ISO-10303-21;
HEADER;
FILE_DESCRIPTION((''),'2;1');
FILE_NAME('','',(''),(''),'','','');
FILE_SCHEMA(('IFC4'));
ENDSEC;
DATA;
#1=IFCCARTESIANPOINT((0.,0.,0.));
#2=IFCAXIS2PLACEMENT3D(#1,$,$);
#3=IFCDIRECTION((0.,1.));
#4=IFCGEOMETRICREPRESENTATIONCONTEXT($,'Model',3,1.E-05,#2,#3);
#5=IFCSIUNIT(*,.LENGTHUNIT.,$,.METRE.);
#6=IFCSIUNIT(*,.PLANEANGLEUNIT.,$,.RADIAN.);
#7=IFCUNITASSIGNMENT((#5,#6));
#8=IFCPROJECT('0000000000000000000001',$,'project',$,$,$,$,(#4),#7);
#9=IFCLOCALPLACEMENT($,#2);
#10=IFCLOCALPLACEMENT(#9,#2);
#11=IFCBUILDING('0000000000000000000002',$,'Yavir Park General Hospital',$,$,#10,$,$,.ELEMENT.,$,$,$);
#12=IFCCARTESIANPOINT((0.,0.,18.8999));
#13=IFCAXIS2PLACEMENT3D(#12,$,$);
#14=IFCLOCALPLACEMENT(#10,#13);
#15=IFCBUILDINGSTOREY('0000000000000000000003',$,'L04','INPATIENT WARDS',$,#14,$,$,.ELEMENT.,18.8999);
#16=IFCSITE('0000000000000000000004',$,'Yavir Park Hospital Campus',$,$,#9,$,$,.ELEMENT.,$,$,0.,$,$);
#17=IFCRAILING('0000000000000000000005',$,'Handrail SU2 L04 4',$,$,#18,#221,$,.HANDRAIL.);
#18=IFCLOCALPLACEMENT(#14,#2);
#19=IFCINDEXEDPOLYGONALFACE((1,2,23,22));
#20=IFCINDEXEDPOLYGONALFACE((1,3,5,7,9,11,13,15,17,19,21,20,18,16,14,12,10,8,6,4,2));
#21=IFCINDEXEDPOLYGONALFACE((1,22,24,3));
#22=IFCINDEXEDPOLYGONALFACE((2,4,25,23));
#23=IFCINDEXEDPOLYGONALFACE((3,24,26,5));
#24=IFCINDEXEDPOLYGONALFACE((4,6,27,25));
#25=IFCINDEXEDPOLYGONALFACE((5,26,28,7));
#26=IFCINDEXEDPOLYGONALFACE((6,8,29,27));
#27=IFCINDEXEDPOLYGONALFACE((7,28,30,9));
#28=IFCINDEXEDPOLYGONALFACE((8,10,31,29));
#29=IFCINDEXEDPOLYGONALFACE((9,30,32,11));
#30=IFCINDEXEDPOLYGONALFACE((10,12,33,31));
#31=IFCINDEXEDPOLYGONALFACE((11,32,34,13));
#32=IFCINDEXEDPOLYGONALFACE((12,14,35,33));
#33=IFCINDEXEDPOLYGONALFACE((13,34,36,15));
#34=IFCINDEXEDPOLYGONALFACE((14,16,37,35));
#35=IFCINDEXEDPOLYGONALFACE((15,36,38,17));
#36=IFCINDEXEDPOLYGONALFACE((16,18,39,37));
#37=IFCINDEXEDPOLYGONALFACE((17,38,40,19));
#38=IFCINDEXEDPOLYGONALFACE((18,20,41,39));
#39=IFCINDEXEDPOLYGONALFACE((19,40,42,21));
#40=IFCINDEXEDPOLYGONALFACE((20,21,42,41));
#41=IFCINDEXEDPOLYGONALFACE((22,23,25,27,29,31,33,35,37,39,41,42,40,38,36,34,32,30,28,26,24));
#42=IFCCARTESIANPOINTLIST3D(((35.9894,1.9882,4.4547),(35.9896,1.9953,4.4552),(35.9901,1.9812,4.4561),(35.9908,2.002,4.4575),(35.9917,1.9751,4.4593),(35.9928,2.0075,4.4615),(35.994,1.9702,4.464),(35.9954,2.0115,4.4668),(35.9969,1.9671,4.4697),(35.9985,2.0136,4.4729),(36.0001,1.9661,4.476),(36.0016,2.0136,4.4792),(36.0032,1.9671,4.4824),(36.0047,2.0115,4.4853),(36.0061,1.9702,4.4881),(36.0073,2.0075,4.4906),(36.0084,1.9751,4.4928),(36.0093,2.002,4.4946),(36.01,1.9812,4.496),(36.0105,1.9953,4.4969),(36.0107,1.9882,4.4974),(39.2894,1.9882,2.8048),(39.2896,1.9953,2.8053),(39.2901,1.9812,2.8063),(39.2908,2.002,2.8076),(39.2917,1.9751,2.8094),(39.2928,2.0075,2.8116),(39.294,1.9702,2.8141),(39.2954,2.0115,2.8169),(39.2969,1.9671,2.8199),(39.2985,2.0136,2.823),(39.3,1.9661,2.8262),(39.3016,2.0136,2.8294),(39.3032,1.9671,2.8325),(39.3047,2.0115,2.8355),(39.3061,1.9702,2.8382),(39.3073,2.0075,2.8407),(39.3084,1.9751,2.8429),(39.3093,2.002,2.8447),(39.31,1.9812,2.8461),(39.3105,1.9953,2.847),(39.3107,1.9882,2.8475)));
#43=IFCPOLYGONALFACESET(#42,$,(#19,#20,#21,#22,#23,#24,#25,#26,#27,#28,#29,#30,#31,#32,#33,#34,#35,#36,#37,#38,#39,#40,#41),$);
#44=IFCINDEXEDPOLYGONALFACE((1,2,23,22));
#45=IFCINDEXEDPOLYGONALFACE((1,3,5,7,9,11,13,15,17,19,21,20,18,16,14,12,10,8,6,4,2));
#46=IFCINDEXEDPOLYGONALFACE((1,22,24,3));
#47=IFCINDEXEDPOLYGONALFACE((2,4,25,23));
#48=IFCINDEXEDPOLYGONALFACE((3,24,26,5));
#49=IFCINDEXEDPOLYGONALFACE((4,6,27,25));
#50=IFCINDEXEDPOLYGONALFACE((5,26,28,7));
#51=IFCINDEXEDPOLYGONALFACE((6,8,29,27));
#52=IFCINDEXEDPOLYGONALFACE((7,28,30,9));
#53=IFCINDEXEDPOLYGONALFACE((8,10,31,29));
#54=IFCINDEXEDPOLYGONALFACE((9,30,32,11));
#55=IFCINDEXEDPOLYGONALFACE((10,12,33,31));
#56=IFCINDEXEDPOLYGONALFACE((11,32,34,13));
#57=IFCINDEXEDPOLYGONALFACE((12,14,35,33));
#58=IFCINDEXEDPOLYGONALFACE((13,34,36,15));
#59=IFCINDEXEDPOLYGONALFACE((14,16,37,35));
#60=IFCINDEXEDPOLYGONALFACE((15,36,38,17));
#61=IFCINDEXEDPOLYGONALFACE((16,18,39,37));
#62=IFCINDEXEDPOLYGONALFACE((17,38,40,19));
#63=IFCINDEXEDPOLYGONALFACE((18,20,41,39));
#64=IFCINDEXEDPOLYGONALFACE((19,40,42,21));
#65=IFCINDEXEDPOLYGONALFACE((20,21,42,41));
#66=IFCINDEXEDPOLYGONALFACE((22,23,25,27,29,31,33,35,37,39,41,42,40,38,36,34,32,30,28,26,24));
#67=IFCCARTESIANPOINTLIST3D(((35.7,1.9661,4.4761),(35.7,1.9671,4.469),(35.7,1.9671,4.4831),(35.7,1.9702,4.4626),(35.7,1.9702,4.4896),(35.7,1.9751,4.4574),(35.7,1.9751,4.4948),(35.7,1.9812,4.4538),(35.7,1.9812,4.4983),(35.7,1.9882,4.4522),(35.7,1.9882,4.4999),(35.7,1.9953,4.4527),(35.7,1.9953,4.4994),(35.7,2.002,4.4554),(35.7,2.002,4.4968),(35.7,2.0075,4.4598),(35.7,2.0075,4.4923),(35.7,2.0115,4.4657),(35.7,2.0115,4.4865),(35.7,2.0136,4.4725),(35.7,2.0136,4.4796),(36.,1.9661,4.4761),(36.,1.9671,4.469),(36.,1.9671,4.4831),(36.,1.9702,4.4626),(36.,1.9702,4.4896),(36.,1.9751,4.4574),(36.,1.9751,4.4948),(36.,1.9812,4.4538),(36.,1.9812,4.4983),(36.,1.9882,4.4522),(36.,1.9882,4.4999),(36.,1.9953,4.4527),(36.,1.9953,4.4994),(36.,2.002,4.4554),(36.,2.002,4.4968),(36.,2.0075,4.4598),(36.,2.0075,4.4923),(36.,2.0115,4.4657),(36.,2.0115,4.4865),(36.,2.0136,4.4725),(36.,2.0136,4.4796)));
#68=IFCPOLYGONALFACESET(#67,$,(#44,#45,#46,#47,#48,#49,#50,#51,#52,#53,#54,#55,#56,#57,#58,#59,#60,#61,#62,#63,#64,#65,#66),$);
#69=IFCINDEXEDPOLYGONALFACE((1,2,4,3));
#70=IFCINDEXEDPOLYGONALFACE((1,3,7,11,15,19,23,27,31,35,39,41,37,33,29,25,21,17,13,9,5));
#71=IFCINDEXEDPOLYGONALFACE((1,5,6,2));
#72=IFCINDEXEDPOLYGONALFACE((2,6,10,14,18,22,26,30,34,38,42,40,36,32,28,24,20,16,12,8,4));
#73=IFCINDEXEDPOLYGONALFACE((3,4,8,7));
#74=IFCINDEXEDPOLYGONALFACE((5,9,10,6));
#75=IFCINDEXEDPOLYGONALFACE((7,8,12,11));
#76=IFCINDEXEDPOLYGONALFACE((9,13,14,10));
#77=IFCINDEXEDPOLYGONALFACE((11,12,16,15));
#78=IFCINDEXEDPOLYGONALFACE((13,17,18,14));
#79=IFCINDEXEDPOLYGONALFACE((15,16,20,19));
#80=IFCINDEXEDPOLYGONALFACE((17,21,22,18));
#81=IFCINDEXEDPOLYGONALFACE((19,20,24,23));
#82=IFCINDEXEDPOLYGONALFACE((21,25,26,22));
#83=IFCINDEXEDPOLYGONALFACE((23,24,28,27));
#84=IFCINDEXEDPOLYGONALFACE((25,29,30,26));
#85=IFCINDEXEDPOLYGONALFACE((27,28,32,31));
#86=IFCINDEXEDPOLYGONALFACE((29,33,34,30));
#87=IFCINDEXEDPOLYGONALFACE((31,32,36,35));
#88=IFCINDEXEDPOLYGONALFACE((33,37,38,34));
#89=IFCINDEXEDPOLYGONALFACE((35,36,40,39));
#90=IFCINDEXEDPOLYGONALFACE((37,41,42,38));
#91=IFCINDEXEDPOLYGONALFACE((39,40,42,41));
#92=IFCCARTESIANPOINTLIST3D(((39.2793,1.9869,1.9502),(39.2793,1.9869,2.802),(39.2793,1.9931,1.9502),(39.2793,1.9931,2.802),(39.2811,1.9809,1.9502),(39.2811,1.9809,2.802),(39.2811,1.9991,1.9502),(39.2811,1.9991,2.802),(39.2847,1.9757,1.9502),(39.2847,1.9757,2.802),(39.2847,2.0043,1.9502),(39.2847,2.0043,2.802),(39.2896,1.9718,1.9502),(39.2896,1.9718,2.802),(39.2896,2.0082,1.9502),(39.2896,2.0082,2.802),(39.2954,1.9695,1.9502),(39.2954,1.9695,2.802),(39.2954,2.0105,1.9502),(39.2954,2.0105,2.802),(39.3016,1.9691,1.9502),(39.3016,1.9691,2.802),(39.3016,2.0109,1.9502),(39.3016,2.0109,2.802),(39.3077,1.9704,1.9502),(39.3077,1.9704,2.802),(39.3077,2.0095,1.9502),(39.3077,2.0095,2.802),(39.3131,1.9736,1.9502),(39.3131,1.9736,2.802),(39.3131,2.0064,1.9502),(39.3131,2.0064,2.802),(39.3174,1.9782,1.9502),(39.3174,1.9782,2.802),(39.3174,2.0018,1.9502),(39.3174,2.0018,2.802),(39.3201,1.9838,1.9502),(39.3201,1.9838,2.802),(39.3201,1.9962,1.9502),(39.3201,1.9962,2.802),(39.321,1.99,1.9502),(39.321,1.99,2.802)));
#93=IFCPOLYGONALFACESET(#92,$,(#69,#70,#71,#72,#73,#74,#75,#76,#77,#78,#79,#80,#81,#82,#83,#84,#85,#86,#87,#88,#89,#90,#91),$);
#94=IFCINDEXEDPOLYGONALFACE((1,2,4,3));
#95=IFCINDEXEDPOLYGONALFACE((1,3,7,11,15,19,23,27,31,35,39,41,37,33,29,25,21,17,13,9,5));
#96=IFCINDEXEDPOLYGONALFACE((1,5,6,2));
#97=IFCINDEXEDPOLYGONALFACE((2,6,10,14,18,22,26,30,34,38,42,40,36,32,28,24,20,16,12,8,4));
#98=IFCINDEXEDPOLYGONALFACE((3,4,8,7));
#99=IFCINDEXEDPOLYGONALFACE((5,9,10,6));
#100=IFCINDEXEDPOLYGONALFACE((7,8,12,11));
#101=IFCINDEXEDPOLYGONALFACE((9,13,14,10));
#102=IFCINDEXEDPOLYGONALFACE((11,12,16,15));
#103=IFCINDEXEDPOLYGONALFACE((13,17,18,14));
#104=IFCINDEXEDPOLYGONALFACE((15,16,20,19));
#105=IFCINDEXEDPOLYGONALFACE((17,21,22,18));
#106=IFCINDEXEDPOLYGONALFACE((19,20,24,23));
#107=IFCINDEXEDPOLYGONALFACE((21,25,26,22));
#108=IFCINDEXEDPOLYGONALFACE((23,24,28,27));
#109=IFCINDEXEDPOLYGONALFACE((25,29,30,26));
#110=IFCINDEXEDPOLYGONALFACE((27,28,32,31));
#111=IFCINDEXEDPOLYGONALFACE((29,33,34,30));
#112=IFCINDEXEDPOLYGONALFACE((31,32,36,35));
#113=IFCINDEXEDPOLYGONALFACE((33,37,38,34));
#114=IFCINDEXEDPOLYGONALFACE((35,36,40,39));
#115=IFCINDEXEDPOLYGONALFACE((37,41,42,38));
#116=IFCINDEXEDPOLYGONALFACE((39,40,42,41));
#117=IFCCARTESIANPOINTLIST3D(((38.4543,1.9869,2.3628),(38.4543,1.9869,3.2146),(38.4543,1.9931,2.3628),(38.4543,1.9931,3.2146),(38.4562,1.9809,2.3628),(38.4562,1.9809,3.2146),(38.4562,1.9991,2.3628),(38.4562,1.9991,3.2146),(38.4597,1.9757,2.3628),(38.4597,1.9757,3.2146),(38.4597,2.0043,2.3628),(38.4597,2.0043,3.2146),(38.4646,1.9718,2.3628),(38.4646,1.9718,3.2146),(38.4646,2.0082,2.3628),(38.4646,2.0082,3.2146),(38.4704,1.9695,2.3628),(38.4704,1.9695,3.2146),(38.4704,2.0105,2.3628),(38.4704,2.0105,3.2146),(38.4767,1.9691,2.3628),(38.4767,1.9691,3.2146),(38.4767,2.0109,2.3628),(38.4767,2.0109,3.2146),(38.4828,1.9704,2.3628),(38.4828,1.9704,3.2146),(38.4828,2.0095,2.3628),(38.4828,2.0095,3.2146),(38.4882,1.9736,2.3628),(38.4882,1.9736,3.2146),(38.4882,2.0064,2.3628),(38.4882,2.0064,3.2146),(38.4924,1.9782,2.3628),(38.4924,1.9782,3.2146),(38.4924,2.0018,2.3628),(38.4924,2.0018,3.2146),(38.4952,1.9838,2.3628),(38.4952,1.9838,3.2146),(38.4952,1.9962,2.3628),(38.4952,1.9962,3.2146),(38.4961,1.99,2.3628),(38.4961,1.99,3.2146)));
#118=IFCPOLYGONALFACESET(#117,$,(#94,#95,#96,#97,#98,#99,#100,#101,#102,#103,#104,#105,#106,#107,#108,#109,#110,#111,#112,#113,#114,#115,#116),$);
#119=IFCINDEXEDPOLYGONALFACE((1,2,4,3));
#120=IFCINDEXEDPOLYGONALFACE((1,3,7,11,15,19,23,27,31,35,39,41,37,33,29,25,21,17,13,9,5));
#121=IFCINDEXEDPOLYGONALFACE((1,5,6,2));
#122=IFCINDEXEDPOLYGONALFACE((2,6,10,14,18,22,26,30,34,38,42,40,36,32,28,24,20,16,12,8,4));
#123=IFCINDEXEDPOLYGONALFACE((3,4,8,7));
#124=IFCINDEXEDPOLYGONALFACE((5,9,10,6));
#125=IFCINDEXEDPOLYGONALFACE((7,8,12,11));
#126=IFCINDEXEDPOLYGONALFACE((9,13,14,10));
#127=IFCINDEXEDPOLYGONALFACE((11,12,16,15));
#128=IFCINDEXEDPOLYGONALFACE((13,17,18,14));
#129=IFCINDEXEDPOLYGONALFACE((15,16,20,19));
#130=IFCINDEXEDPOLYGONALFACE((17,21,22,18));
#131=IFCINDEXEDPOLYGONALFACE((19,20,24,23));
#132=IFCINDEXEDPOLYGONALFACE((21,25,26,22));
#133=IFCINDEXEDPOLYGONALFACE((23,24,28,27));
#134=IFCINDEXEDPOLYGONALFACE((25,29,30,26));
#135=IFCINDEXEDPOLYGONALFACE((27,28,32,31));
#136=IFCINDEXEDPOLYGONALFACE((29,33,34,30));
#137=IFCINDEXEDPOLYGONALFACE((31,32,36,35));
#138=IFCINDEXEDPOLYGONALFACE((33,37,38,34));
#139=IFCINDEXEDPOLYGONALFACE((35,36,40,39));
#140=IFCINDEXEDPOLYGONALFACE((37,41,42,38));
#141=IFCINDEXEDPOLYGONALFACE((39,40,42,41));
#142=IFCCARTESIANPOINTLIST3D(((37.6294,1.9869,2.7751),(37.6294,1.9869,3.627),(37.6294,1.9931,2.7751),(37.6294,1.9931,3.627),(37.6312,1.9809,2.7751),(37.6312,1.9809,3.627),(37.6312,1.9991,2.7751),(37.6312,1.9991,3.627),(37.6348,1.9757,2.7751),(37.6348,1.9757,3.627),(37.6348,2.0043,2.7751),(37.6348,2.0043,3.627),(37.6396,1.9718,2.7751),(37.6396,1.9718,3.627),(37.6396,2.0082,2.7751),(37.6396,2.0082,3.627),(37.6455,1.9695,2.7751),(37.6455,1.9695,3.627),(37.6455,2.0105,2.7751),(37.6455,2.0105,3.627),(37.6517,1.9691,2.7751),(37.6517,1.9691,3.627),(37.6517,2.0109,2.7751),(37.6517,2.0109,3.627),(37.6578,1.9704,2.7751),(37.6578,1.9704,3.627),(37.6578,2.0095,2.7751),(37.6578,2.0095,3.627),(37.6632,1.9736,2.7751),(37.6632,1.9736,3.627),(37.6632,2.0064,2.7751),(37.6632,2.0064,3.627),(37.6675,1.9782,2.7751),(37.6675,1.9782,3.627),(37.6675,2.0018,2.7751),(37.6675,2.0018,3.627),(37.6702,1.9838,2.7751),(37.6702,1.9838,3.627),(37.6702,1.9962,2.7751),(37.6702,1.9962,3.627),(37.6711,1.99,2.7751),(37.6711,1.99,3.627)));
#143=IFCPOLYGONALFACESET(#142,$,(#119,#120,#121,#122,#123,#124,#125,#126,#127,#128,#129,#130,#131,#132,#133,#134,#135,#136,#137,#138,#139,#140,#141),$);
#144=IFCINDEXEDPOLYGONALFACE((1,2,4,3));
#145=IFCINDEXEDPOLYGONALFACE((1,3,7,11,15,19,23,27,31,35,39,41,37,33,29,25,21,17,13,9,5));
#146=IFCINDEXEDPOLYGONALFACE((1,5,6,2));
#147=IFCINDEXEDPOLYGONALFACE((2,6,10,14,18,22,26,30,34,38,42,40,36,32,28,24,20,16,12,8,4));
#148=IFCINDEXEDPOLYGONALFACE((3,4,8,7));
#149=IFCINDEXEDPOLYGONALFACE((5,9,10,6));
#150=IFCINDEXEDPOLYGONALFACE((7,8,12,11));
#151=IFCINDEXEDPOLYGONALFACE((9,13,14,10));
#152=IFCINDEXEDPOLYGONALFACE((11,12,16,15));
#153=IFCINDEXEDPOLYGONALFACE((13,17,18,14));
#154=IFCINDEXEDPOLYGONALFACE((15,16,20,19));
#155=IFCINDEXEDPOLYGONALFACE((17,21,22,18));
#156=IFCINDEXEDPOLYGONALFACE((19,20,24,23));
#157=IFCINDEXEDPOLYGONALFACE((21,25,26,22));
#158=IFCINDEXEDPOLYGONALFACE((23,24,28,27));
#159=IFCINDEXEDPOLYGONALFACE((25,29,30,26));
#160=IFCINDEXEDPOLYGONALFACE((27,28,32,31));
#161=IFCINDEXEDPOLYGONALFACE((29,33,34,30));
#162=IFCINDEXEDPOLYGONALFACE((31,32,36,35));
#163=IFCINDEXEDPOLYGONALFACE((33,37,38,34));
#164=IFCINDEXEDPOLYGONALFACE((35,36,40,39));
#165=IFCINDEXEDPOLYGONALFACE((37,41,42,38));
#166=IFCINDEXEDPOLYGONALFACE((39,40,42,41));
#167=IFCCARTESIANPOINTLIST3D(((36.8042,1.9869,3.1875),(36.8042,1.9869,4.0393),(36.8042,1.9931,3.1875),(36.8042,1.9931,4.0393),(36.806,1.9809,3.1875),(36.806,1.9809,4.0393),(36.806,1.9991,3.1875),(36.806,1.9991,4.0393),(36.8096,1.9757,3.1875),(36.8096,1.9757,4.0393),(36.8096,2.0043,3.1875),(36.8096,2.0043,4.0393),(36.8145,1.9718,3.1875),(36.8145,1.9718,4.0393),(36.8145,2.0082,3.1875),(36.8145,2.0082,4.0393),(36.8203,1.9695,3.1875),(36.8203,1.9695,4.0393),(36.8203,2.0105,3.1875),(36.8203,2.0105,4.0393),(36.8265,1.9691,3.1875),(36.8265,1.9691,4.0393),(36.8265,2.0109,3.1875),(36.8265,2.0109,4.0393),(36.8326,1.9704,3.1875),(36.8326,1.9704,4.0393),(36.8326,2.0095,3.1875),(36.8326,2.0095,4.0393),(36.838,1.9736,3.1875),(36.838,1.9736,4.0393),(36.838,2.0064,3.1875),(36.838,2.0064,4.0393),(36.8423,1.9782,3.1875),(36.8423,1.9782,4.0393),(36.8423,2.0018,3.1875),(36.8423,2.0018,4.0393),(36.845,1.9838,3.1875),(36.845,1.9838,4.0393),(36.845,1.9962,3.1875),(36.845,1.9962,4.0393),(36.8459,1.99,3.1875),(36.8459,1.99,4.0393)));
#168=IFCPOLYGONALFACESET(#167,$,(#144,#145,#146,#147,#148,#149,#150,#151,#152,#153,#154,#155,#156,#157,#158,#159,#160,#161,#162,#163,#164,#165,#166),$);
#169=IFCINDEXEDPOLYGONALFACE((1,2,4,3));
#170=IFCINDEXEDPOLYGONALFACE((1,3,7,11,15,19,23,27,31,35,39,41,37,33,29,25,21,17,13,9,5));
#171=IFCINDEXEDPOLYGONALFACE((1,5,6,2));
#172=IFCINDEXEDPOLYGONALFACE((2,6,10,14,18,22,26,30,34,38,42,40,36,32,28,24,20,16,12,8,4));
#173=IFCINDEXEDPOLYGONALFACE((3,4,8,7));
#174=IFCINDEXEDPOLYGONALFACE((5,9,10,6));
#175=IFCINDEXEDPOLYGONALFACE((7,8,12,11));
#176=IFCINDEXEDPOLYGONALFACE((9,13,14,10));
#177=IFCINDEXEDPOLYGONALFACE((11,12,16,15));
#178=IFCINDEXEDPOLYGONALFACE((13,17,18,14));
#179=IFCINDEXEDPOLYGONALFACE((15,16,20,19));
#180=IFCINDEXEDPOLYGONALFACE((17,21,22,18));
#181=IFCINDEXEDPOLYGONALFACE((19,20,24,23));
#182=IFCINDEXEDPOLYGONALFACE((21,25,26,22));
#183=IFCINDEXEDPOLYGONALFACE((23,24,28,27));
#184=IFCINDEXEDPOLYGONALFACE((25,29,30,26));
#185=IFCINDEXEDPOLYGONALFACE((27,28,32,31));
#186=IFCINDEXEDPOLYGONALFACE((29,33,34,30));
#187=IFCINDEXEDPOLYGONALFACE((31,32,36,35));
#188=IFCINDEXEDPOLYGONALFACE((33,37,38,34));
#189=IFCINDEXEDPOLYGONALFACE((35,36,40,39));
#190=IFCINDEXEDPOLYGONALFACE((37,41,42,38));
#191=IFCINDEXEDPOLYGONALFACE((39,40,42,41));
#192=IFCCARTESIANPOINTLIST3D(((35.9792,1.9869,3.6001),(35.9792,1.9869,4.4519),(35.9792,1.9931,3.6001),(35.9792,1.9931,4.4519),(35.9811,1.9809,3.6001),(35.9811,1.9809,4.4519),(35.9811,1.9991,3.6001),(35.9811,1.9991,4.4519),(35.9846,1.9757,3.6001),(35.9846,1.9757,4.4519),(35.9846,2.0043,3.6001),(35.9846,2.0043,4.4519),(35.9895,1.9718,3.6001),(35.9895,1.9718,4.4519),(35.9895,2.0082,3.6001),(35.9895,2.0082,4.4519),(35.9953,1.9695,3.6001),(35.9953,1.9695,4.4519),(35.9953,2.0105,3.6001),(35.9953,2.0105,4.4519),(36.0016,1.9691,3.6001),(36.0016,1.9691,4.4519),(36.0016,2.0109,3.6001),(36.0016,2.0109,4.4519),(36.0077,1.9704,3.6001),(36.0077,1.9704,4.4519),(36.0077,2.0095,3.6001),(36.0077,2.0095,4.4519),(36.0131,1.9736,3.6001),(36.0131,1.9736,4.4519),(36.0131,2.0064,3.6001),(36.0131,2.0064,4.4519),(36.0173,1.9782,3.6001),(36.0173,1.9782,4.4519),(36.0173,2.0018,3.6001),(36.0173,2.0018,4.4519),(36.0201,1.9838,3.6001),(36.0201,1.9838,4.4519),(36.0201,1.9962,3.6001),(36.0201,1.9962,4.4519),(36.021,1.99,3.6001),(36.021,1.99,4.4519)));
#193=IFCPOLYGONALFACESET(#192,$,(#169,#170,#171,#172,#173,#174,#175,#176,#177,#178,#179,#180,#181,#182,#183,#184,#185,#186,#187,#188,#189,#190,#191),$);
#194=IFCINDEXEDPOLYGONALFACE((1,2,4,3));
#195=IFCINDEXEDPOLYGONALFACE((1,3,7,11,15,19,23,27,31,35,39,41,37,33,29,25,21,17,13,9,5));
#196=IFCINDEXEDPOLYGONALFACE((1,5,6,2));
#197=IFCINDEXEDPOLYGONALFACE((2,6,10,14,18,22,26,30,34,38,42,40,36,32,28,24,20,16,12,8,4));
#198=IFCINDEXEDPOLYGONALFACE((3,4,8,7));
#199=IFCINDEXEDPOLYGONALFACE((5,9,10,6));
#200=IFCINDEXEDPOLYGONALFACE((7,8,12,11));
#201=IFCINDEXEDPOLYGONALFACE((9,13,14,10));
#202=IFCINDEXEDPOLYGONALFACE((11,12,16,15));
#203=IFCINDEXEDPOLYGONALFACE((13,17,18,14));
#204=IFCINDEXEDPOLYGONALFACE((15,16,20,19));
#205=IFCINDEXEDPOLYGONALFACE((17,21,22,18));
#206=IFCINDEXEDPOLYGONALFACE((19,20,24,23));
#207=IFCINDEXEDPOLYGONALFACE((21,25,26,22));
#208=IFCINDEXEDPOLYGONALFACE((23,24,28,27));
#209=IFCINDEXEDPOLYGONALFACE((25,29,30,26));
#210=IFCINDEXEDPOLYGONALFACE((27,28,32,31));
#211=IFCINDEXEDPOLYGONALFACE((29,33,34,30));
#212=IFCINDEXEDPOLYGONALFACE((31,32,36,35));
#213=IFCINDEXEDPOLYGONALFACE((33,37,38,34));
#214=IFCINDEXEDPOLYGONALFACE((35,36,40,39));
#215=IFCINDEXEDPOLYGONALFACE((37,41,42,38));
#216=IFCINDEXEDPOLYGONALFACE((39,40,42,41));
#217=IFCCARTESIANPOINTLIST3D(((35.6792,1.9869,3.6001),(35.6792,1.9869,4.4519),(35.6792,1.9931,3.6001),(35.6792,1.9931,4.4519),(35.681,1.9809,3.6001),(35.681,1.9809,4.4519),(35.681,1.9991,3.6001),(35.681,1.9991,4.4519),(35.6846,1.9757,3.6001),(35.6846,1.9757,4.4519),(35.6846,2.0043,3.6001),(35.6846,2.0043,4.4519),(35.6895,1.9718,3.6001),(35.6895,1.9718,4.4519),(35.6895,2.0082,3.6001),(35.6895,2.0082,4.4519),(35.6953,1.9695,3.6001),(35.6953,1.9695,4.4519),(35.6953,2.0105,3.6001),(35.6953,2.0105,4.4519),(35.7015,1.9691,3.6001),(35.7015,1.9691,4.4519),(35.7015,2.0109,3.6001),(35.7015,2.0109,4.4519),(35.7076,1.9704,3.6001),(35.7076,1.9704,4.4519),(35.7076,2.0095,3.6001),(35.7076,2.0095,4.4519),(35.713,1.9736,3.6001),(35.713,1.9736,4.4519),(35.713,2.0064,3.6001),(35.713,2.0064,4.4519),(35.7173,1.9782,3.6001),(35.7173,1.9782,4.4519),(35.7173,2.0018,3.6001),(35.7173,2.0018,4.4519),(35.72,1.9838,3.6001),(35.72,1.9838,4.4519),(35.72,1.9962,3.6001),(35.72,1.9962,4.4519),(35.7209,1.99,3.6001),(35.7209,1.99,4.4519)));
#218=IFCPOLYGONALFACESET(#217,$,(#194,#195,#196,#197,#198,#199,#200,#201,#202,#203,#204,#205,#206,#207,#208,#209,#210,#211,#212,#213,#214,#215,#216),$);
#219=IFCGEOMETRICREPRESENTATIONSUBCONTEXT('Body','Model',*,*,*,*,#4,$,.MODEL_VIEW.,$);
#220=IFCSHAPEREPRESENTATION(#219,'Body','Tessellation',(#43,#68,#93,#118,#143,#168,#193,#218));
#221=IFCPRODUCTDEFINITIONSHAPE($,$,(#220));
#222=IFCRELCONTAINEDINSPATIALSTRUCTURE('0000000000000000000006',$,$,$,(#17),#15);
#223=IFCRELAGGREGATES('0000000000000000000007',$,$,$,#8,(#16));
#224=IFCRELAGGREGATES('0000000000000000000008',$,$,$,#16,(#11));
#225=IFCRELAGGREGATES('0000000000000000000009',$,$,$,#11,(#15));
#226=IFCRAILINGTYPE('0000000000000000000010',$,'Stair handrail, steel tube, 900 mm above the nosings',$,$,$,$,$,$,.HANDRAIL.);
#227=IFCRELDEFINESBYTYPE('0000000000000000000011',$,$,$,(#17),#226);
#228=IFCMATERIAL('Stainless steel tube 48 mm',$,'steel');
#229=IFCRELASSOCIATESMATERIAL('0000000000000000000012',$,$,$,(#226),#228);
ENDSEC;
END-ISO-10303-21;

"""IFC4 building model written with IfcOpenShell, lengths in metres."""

from ifc_helpers import new_model, si_unit, direction, frame, origin, origin_2d, place, context, subcontext, project, spatial, circle, extrude, material, type_object, element, save


model = new_model("IFC4")

# Units and contexts
model_context = context("Model", 3, precision=1e-05, world=origin(), true_north=direction((0.0, 1.0)))
body_context = subcontext(model_context, "Body", "Model", "MODEL_VIEW")
ifc_project = project(units=[si_unit("LENGTHUNIT", "METRE"), si_unit("PLANEANGLEUNIT", "RADIAN")], contexts=[model_context])

# Site, building, storey
site_placement = place(None, origin())
site = spatial("IfcSite", under=ifc_project, at=site_placement, Name="Yavir Park Hospital Campus", CompositionType="ELEMENT", RefElevation=0.0)
building_placement = place(site_placement, origin())
building = spatial("IfcBuilding", under=site, at=building_placement, Name="Yavir Park General Hospital", CompositionType="ELEMENT")
storey_placement = place(building_placement, frame((0.0, 0.0, 18.8999)))
storey = spatial("IfcBuildingStorey", under=building, at=storey_placement, Name="L04", Description="INPATIENT WARDS", CompositionType="ELEMENT", Elevation=18.8999)

# Railing
ifc_material_1 = material(Name="Stainless steel tube 48 mm", Category="steel")
railing_type_1 = type_object("IfcRailingType", Name="Stair handrail, steel tube, 900 mm above the nosings", PredefinedType="HANDRAIL", material=ifc_material_1)
railing_1_placement = place(storey_placement, frame((39.3, 1.99, 1.9502)))
element("IfcRailing", 1, at=railing_1_placement, inside=storey, type_object=railing_type_1, Name="Handrail SU2 L04 4", PredefinedType="HANDRAIL", context=body_context, shape_type="SweptSolid", body=[
    extrude(circle(Radius=0.0239, at=origin_2d()), frame((0.0, 0.0, 0.876), z_axis=(-0.89444, 0.0, 0.447187), x_axis=(0.0, -1.0, 0.0)), (0.0, 0.0, 1.0), 3.6895),
    extrude(circle(Radius=0.0239, at=origin_2d()), frame((-3.3, 0.0, 2.5259), z_axis=(-1.0, 0.0, 0.0), x_axis=(0.0, -1.0, 0.0)), (0.0, 0.0, 1.0), 0.3),
    extrude(circle(Radius=0.021, at=origin_2d()), origin(), (0.0, 0.0, 1.0), 0.8518),
    extrude(circle(Radius=0.021, at=origin_2d()), frame((-0.825, 0.0, 0.4126)), (0.0, 0.0, 1.0), 0.8518),
    extrude(circle(Radius=0.021, at=origin_2d()), frame((-1.6499, 0.0, 0.825)), (0.0, 0.0, 1.0), 0.8518),
    extrude(circle(Radius=0.021, at=origin_2d()), frame((-2.4751, 0.0, 1.2373)), (0.0, 0.0, 1.0), 0.8518),
    extrude(circle(Radius=0.021, at=origin_2d()), frame((-3.3, 0.0, 1.6499)), (0.0, 0.0, 1.0), 0.8518),
    extrude(circle(Radius=0.021, at=origin_2d()), frame((-3.6001, 0.0, 1.6499)), (0.0, 0.0, 1.0), 0.8518),
])

save(model, "model.ifc")
